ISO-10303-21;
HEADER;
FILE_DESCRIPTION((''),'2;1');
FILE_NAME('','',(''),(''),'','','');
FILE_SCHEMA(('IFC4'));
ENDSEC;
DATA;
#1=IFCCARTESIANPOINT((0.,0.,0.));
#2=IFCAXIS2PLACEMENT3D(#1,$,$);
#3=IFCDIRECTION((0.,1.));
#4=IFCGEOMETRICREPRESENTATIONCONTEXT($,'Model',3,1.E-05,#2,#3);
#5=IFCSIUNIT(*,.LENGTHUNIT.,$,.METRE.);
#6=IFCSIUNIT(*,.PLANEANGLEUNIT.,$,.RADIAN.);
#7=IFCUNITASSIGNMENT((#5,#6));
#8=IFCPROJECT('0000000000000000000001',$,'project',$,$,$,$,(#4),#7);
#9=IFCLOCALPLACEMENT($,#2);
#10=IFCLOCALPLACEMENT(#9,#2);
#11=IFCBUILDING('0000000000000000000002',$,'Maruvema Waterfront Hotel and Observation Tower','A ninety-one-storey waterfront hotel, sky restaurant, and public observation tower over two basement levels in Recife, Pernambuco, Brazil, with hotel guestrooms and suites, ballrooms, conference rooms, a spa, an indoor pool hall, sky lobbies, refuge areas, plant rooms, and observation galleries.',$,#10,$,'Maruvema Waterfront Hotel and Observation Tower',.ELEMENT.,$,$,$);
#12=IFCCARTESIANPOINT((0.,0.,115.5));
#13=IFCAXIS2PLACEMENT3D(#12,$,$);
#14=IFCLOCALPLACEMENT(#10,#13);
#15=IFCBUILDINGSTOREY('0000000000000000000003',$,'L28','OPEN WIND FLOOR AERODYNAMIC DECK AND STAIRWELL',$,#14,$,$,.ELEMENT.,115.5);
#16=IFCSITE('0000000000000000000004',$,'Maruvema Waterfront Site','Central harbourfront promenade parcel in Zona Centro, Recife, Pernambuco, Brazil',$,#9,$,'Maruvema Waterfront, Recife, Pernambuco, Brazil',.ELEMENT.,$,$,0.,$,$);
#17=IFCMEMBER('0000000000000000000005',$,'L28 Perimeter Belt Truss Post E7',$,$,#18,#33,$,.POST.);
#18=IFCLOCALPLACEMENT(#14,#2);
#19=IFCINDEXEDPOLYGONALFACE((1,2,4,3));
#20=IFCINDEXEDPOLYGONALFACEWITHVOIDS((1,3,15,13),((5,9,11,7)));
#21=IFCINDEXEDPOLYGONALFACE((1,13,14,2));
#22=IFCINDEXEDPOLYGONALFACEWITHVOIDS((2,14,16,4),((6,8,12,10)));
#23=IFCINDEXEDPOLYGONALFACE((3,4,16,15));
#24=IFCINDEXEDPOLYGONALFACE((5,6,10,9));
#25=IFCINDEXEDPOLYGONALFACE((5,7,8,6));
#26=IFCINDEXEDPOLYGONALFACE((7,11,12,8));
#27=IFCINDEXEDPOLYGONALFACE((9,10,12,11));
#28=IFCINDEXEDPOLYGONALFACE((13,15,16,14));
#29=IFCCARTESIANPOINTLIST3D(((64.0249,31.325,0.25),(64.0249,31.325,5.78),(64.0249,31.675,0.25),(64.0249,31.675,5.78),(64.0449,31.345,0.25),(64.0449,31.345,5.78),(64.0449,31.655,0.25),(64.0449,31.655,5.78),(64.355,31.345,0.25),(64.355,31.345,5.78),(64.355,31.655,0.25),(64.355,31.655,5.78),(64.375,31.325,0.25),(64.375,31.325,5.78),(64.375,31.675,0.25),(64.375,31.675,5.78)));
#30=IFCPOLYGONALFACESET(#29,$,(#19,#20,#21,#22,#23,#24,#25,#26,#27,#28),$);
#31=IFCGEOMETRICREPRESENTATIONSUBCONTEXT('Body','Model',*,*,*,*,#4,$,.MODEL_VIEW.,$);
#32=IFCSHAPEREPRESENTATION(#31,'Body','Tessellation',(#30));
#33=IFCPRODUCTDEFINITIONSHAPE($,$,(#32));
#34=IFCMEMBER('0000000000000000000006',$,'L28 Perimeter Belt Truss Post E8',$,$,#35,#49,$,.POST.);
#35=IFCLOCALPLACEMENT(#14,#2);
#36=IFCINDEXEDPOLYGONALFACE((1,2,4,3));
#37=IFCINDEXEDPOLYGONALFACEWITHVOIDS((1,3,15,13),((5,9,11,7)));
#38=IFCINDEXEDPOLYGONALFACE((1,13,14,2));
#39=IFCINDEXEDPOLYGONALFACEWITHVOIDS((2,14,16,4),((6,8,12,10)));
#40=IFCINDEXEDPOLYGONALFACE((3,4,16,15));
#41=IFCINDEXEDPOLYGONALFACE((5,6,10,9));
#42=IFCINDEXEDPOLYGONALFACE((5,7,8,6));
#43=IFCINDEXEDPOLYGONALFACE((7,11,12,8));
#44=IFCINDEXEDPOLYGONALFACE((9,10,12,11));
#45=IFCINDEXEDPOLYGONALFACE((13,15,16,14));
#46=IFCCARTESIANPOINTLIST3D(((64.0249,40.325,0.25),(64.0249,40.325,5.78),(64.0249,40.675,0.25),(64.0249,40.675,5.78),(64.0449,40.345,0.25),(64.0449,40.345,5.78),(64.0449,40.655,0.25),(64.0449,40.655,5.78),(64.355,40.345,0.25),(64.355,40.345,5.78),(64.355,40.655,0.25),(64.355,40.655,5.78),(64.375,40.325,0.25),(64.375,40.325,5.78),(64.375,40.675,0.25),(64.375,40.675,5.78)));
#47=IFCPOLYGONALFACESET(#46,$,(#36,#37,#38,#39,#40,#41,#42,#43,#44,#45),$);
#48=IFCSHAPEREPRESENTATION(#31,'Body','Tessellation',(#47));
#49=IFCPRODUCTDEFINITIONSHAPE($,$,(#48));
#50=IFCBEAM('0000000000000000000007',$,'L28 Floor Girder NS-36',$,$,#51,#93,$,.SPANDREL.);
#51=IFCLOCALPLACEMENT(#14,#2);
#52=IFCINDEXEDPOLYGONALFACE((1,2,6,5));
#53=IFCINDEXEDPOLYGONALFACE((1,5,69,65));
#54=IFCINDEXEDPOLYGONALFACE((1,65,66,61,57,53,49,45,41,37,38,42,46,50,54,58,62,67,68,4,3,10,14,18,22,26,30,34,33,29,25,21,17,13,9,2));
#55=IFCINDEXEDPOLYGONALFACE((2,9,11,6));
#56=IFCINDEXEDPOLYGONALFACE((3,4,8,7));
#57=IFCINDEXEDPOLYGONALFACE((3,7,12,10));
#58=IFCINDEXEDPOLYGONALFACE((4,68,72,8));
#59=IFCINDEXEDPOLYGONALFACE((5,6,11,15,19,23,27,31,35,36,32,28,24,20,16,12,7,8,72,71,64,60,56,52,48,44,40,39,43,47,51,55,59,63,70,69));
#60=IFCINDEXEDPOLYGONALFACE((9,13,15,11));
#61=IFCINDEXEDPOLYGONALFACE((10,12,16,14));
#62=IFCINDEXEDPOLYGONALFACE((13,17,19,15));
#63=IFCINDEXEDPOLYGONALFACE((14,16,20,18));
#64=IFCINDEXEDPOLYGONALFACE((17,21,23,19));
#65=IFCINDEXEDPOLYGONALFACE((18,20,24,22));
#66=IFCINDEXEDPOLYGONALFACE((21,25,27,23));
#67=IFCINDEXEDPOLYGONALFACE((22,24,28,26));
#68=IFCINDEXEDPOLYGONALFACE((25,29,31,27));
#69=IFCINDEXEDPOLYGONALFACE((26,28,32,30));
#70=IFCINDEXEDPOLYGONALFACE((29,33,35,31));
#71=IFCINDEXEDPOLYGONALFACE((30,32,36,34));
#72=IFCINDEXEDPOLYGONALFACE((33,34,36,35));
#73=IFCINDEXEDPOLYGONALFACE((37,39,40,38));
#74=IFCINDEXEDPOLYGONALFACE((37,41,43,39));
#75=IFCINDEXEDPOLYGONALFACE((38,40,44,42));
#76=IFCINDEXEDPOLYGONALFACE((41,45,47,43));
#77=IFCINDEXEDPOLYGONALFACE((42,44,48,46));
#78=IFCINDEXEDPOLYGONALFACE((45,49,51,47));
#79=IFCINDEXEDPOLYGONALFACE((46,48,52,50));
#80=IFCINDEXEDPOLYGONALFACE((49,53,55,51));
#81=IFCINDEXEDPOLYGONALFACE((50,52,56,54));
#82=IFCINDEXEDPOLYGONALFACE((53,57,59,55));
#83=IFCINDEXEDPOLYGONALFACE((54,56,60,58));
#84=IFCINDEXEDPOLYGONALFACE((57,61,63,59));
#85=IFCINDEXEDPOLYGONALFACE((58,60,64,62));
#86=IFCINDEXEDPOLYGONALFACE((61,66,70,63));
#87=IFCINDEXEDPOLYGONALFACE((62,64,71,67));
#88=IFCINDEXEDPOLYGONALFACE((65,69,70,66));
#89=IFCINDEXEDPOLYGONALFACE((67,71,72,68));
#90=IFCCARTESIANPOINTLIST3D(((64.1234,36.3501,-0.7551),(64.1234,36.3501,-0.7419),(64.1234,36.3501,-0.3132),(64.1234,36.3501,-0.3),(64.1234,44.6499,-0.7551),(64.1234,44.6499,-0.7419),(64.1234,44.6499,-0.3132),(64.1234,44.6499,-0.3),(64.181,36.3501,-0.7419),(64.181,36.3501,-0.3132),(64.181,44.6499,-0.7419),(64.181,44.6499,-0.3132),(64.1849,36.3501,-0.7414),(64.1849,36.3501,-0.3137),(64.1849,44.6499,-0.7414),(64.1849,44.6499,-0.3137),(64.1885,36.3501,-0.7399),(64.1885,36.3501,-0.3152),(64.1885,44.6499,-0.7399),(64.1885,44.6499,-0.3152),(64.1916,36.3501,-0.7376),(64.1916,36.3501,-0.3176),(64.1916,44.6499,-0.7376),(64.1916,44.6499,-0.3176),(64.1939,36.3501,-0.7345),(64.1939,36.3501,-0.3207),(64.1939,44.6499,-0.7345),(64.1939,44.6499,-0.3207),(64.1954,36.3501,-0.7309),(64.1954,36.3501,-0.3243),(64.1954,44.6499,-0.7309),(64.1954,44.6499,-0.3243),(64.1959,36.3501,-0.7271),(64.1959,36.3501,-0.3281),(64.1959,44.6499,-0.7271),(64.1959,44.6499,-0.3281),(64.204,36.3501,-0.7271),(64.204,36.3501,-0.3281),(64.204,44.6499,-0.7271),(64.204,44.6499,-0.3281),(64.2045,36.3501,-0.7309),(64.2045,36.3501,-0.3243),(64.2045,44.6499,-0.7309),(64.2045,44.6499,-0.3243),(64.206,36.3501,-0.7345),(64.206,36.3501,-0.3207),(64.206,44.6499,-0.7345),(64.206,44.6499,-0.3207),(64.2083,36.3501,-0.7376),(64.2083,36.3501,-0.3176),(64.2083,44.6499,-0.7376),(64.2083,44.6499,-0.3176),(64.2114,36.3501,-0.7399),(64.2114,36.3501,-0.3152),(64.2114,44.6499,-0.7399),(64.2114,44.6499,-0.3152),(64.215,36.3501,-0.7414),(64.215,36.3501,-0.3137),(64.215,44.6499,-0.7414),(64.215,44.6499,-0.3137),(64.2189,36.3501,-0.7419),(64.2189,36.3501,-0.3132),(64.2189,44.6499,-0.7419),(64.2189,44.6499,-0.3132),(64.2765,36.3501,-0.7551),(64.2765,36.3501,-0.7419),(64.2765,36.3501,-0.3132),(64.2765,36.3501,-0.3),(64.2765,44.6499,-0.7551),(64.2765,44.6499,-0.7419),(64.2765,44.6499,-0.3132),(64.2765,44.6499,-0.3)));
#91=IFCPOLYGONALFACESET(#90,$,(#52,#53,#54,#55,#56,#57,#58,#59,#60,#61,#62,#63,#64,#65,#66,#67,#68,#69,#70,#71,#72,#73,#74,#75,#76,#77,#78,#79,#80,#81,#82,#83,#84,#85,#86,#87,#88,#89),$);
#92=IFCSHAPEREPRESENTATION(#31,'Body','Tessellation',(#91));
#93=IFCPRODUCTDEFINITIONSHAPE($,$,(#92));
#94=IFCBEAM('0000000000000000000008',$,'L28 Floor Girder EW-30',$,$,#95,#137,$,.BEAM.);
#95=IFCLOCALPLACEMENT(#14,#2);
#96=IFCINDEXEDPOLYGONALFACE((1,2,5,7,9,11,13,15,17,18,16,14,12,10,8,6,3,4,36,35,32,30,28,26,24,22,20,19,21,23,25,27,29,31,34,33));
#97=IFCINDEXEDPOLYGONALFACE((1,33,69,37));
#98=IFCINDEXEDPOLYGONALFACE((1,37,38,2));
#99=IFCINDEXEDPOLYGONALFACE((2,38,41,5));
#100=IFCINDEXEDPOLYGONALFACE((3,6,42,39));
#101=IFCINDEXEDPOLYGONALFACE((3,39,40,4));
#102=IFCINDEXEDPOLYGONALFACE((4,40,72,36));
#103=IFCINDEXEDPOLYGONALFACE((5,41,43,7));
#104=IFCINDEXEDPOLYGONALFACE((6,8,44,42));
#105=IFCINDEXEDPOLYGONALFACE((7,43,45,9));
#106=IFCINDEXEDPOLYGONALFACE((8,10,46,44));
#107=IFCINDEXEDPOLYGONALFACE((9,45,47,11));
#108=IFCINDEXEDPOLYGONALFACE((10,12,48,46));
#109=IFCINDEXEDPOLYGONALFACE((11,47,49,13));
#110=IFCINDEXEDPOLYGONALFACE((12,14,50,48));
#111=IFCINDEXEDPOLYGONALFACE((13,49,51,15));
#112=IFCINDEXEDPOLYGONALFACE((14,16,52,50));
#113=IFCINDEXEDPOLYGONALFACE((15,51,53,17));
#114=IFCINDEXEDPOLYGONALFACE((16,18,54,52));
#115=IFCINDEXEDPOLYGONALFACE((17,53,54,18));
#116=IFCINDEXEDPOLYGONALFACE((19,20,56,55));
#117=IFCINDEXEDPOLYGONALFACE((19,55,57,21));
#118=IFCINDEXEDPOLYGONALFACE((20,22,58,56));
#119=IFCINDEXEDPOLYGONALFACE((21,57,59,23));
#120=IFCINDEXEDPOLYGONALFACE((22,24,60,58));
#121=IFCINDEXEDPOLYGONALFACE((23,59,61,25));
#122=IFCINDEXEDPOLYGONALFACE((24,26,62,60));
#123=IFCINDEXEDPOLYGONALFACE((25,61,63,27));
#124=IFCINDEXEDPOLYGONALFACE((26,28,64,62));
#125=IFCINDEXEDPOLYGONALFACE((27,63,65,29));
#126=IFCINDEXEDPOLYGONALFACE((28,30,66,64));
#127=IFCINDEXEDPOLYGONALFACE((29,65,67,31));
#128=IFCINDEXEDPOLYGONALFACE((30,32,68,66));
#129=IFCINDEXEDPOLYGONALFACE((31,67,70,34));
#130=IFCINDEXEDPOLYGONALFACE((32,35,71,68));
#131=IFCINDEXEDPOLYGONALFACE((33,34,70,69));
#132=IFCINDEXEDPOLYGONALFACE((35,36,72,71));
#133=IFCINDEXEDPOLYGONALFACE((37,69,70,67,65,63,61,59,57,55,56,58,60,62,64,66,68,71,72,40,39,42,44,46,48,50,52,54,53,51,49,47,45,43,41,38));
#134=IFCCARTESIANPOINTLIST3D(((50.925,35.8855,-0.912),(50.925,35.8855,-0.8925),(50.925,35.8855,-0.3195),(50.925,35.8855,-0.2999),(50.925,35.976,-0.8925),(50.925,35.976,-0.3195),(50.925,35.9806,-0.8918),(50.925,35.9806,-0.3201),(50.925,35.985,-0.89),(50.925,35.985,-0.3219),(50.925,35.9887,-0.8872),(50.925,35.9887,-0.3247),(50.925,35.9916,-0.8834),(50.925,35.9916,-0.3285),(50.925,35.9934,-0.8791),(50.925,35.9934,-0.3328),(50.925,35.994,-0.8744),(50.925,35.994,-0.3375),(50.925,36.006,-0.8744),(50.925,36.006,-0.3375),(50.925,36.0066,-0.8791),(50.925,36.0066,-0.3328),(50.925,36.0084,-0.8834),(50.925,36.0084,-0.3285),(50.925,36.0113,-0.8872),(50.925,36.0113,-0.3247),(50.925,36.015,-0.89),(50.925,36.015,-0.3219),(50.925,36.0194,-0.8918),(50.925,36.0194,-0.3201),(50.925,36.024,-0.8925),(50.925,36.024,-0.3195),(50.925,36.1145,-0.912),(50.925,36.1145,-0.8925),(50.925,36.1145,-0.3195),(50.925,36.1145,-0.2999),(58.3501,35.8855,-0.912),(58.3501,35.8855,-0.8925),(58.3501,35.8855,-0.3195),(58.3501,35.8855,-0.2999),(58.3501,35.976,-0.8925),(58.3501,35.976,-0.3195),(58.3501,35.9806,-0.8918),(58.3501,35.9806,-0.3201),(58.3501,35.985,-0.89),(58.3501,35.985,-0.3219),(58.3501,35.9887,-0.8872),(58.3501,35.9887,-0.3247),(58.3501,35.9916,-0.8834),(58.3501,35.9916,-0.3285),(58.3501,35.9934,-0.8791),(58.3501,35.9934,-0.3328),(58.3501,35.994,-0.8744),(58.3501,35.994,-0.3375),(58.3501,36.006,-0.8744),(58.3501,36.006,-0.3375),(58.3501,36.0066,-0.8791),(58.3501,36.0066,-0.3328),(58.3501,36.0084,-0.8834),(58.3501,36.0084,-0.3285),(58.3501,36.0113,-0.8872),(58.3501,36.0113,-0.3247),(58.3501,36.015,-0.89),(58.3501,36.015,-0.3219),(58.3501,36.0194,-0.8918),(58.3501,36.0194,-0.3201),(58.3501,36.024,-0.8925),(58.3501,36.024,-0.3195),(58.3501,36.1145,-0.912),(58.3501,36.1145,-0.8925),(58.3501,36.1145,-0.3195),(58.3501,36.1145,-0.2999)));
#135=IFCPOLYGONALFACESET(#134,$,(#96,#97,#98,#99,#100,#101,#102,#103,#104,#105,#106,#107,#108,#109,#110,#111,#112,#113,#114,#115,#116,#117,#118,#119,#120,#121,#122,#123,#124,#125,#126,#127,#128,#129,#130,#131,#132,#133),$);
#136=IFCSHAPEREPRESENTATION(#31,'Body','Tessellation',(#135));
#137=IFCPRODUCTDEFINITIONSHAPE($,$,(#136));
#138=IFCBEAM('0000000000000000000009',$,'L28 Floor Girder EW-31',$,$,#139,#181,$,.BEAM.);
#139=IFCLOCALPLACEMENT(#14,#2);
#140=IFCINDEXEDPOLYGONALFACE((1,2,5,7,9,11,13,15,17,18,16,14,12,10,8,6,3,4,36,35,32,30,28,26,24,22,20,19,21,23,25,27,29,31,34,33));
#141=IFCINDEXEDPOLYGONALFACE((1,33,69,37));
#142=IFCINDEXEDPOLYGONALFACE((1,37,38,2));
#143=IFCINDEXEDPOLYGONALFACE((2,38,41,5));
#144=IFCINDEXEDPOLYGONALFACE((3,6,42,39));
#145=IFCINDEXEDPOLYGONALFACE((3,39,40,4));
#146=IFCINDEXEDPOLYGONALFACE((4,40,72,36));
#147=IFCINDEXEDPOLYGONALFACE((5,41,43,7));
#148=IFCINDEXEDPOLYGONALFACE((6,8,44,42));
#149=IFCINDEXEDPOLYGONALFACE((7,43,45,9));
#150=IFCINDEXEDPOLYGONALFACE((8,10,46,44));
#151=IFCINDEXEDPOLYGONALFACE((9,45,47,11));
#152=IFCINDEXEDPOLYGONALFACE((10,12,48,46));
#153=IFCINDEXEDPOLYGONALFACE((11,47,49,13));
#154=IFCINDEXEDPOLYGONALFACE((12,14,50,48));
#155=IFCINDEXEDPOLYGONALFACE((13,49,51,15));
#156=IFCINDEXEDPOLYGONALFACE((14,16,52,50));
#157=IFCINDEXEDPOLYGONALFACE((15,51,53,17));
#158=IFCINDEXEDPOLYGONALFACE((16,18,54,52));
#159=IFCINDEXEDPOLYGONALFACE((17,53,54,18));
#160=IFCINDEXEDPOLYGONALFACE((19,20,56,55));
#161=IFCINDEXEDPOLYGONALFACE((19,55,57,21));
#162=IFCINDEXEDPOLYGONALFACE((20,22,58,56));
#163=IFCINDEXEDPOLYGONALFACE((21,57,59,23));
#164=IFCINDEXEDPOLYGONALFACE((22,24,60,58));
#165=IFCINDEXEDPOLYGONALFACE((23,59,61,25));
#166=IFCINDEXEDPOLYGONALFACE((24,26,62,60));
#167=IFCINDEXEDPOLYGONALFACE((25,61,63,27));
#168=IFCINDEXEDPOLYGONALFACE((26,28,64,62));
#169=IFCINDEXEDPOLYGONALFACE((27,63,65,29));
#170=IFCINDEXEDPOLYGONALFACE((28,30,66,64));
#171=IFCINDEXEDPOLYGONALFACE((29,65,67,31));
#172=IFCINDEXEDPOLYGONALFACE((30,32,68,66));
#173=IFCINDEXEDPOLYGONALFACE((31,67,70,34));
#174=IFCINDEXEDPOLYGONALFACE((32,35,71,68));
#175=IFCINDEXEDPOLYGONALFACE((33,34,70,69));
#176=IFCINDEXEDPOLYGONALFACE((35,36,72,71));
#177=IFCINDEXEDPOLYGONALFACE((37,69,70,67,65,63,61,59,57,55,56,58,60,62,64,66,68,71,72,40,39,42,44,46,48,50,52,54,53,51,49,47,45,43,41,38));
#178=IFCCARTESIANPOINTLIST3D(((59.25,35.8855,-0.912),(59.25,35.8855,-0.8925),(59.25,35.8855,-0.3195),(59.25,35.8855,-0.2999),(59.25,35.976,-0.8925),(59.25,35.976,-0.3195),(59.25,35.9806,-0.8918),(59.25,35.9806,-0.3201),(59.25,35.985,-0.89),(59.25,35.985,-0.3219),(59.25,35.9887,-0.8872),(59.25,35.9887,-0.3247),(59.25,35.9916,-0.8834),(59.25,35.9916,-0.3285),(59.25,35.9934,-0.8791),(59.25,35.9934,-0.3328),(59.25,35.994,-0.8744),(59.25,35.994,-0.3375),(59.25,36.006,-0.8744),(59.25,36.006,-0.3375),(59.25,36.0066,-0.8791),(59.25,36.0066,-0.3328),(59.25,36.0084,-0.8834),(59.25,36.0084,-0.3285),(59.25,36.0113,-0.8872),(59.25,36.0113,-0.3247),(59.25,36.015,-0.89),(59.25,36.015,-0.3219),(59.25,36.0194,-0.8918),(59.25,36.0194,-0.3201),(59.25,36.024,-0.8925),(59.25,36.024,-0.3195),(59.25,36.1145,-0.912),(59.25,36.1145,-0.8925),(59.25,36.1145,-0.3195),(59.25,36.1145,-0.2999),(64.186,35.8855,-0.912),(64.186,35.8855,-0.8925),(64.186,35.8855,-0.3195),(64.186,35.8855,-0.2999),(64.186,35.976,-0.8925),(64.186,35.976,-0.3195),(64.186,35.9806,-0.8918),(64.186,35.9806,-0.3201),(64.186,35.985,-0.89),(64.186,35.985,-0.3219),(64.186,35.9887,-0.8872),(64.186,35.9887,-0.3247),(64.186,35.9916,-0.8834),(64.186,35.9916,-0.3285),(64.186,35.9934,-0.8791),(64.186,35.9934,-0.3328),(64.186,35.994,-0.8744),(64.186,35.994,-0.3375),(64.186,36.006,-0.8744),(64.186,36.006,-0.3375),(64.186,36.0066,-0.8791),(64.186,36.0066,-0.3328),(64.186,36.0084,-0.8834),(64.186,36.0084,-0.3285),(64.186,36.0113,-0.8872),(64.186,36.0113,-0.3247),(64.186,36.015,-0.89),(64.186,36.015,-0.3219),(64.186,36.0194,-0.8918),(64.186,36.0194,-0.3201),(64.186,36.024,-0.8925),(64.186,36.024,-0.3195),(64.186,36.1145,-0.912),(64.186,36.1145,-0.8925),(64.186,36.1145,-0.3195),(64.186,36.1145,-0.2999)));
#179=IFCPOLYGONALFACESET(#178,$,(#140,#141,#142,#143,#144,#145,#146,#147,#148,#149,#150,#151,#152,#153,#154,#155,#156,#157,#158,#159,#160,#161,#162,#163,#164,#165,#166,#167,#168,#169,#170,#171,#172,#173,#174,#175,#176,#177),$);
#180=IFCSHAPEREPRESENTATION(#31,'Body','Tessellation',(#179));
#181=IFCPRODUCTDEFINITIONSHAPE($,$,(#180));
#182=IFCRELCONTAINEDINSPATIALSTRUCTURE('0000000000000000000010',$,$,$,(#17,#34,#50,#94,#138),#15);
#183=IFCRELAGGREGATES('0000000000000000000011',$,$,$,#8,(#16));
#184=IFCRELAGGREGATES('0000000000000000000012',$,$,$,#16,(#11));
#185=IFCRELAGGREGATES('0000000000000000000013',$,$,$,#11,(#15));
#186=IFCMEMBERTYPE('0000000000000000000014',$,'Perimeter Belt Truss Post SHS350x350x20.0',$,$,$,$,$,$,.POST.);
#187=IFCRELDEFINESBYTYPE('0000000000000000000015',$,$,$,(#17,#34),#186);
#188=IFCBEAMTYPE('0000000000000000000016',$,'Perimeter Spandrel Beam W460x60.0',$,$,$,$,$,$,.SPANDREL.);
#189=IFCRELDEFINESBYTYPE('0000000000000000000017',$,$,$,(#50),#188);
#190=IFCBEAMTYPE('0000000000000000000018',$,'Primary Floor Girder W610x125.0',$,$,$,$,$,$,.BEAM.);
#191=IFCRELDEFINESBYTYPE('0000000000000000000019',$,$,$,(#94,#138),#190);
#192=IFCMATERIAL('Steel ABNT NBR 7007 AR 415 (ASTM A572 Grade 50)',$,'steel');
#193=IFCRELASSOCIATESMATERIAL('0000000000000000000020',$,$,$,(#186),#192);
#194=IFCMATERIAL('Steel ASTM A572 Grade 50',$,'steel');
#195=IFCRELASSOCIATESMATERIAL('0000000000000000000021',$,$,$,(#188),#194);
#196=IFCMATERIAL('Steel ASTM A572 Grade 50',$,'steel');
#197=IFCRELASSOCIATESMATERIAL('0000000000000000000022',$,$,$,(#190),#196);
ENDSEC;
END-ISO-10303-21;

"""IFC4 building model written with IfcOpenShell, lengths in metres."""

from ifc_helpers import new_model, si_unit, direction, frame, origin, origin_2d, place, context, subcontext, project, spatial, hollow_rectangle, i_section, extrude, material, material_profile, profile_set, type_object, element, save


model = new_model("IFC4")

# Units and contexts
model_context = context("Model", 3, precision=1e-05, world=origin(), true_north=direction((0.0, 1.0)))
body_context = subcontext(model_context, "Body", "Model", "MODEL_VIEW")
ifc_project = project(units=[si_unit("LENGTHUNIT", "METRE"), si_unit("PLANEANGLEUNIT", "RADIAN")], contexts=[model_context])

# Site, building, storey
site_placement = place(None, origin())
site = spatial("IfcSite", under=ifc_project, at=site_placement, Name="Maruvema Waterfront Site", Description="Central harbourfront promenade parcel in Zona Centro, Recife, Pernambuco, Brazil", LongName="Maruvema Waterfront, Recife, Pernambuco, Brazil", CompositionType="ELEMENT", RefElevation=0.0)
building_placement = place(site_placement, origin())
building = spatial("IfcBuilding", under=site, at=building_placement, Name="Maruvema Waterfront Hotel and Observation Tower", Description="A ninety-one-storey waterfront hotel, sky restaurant, and public observation tower over two basement levels in Recife, Pernambuco, Brazil, with hotel guestrooms and suites, ballrooms, conference rooms, a spa, an indoor pool hall, sky lobbies, refuge areas, plant rooms, and observation galleries.", LongName="Maruvema Waterfront Hotel and Observation Tower", CompositionType="ELEMENT")
storey_placement = place(building_placement, frame((0.0, 0.0, 115.5)))
storey = spatial("IfcBuildingStorey", under=building, at=storey_placement, Name="L28", Description="OPEN WIND FLOOR AERODYNAMIC DECK AND STAIRWELL", CompositionType="ELEMENT", Elevation=115.5)

# Members
ifc_material_1 = material(Name="Steel ABNT NBR 7007 AR 415 (ASTM A572 Grade 50)", Category="steel")
ifc_material_profile_1 = material_profile(ifc_material_1, hollow_rectangle(XDim=0.3501, YDim=0.3501, WallThickness=0.02, at=origin_2d()), Name="SHS350x350x20.0")
ifc_profile_set_1 = profile_set([ifc_material_profile_1], Name="Steel ABNT NBR 7007 AR 415 (ASTM A572 Grade 50)")
member_type_1 = type_object("IfcMemberType", Name="Perimeter Belt Truss Post SHS350x350x20.0", PredefinedType="POST", material=ifc_profile_set_1)
for number, where, z_axis, x_axis, name in (
    (1, (64.2, 31.5, 0.25), (0.0, 0.0, 1.0), (1.0, 0.0, 0.0), "L28 Perimeter Belt Truss Post E7"),
    (2, (64.2, 40.5, 0.25), (0.0, 0.0, 1.0), (1.0, 0.0, 0.0), "L28 Perimeter Belt Truss Post E8"),
):
    element("IfcMember", number, at=place(storey_placement, frame(where, z_axis=z_axis, x_axis=x_axis)), inside=storey, type_object=member_type_1, Name=name, PredefinedType="POST", context=body_context, shape_type="SweptSolid", body=[
        extrude(hollow_rectangle(XDim=0.3501, YDim=0.3501, WallThickness=0.02, at=origin_2d()), origin(), (0.0, 0.0, 1.0), 5.53),
    ])

# Beams
ifc_material_2 = material(Name="Steel ASTM A572 Grade 50", Category="steel")
ifc_material_profile_2 = material_profile(ifc_material_2, i_section(OverallWidth=0.1531, OverallDepth=0.4551, WebThickness=0.0081, FlangeThickness=0.0132, FilletRadius=0.0149, at=origin_2d()), Name="W460x60.0")
ifc_profile_set_2 = profile_set([ifc_material_profile_2], Name="Steel ASTM A572 Grade 50")
beam_type_1 = type_object("IfcBeamType", Name="Perimeter Spandrel Beam W460x60.0", PredefinedType="SPANDREL", material=ifc_profile_set_2)
beam_1_placement = place(storey_placement, frame((64.2, 36.3501, -0.5276), z_axis=(0.0, 1.0, 0.0), x_axis=(-1.0, 0.0, 0.0)))
element("IfcBeam", 3, at=beam_1_placement, inside=storey, type_object=beam_type_1, Name="L28 Floor Girder NS-36", PredefinedType="SPANDREL", context=body_context, shape_type="SweptSolid", body=[
    extrude(i_section(OverallWidth=0.1531, OverallDepth=0.4551, WebThickness=0.0081, FlangeThickness=0.0132, FilletRadius=0.0149, at=origin_2d()), origin(), (0.0, 0.0, 1.0), 8.2998),
])
ifc_material_3 = material(Name="Steel ASTM A572 Grade 50", Category="steel")
ifc_material_profile_3 = material_profile(ifc_material_3, i_section(OverallWidth=0.229, OverallDepth=0.6121, WebThickness=0.012, FlangeThickness=0.0195, FilletRadius=0.0181, at=origin_2d()), Name="W610x125.0")
ifc_profile_set_3 = profile_set([ifc_material_profile_3], Name="Steel ASTM A572 Grade 50")
beam_type_2 = type_object("IfcBeamType", Name="Primary Floor Girder W610x125.0", PredefinedType="BEAM", material=ifc_profile_set_3)
beam_2_placement = place(storey_placement, frame((50.925, 36.0, -0.606), z_axis=(1.0, 0.0, 0.0), x_axis=(0.0, 1.0, 0.0)))
element("IfcBeam", 4, at=beam_2_placement, inside=storey, type_object=beam_type_2, Name="L28 Floor Girder EW-30", PredefinedType="BEAM", context=body_context, shape_type="SweptSolid", body=[
    extrude(i_section(OverallWidth=0.229, OverallDepth=0.6121, WebThickness=0.012, FlangeThickness=0.0195, FilletRadius=0.0181, at=origin_2d()), origin(), (0.0, 0.0, 1.0), 7.425),
])
beam_3_placement = place(storey_placement, frame((59.25, 36.0, -0.606), z_axis=(1.0, 0.0, 0.0), x_axis=(0.0, 1.0, 0.0)))
element("IfcBeam", 5, at=beam_3_placement, inside=storey, type_object=beam_type_2, Name="L28 Floor Girder EW-31", PredefinedType="BEAM", context=body_context, shape_type="SweptSolid", body=[
    extrude(i_section(OverallWidth=0.229, OverallDepth=0.6121, WebThickness=0.012, FlangeThickness=0.0195, FilletRadius=0.0181, at=origin_2d()), origin(), (0.0, 0.0, 1.0), 4.936),
])

save(model, "model.ifc")
